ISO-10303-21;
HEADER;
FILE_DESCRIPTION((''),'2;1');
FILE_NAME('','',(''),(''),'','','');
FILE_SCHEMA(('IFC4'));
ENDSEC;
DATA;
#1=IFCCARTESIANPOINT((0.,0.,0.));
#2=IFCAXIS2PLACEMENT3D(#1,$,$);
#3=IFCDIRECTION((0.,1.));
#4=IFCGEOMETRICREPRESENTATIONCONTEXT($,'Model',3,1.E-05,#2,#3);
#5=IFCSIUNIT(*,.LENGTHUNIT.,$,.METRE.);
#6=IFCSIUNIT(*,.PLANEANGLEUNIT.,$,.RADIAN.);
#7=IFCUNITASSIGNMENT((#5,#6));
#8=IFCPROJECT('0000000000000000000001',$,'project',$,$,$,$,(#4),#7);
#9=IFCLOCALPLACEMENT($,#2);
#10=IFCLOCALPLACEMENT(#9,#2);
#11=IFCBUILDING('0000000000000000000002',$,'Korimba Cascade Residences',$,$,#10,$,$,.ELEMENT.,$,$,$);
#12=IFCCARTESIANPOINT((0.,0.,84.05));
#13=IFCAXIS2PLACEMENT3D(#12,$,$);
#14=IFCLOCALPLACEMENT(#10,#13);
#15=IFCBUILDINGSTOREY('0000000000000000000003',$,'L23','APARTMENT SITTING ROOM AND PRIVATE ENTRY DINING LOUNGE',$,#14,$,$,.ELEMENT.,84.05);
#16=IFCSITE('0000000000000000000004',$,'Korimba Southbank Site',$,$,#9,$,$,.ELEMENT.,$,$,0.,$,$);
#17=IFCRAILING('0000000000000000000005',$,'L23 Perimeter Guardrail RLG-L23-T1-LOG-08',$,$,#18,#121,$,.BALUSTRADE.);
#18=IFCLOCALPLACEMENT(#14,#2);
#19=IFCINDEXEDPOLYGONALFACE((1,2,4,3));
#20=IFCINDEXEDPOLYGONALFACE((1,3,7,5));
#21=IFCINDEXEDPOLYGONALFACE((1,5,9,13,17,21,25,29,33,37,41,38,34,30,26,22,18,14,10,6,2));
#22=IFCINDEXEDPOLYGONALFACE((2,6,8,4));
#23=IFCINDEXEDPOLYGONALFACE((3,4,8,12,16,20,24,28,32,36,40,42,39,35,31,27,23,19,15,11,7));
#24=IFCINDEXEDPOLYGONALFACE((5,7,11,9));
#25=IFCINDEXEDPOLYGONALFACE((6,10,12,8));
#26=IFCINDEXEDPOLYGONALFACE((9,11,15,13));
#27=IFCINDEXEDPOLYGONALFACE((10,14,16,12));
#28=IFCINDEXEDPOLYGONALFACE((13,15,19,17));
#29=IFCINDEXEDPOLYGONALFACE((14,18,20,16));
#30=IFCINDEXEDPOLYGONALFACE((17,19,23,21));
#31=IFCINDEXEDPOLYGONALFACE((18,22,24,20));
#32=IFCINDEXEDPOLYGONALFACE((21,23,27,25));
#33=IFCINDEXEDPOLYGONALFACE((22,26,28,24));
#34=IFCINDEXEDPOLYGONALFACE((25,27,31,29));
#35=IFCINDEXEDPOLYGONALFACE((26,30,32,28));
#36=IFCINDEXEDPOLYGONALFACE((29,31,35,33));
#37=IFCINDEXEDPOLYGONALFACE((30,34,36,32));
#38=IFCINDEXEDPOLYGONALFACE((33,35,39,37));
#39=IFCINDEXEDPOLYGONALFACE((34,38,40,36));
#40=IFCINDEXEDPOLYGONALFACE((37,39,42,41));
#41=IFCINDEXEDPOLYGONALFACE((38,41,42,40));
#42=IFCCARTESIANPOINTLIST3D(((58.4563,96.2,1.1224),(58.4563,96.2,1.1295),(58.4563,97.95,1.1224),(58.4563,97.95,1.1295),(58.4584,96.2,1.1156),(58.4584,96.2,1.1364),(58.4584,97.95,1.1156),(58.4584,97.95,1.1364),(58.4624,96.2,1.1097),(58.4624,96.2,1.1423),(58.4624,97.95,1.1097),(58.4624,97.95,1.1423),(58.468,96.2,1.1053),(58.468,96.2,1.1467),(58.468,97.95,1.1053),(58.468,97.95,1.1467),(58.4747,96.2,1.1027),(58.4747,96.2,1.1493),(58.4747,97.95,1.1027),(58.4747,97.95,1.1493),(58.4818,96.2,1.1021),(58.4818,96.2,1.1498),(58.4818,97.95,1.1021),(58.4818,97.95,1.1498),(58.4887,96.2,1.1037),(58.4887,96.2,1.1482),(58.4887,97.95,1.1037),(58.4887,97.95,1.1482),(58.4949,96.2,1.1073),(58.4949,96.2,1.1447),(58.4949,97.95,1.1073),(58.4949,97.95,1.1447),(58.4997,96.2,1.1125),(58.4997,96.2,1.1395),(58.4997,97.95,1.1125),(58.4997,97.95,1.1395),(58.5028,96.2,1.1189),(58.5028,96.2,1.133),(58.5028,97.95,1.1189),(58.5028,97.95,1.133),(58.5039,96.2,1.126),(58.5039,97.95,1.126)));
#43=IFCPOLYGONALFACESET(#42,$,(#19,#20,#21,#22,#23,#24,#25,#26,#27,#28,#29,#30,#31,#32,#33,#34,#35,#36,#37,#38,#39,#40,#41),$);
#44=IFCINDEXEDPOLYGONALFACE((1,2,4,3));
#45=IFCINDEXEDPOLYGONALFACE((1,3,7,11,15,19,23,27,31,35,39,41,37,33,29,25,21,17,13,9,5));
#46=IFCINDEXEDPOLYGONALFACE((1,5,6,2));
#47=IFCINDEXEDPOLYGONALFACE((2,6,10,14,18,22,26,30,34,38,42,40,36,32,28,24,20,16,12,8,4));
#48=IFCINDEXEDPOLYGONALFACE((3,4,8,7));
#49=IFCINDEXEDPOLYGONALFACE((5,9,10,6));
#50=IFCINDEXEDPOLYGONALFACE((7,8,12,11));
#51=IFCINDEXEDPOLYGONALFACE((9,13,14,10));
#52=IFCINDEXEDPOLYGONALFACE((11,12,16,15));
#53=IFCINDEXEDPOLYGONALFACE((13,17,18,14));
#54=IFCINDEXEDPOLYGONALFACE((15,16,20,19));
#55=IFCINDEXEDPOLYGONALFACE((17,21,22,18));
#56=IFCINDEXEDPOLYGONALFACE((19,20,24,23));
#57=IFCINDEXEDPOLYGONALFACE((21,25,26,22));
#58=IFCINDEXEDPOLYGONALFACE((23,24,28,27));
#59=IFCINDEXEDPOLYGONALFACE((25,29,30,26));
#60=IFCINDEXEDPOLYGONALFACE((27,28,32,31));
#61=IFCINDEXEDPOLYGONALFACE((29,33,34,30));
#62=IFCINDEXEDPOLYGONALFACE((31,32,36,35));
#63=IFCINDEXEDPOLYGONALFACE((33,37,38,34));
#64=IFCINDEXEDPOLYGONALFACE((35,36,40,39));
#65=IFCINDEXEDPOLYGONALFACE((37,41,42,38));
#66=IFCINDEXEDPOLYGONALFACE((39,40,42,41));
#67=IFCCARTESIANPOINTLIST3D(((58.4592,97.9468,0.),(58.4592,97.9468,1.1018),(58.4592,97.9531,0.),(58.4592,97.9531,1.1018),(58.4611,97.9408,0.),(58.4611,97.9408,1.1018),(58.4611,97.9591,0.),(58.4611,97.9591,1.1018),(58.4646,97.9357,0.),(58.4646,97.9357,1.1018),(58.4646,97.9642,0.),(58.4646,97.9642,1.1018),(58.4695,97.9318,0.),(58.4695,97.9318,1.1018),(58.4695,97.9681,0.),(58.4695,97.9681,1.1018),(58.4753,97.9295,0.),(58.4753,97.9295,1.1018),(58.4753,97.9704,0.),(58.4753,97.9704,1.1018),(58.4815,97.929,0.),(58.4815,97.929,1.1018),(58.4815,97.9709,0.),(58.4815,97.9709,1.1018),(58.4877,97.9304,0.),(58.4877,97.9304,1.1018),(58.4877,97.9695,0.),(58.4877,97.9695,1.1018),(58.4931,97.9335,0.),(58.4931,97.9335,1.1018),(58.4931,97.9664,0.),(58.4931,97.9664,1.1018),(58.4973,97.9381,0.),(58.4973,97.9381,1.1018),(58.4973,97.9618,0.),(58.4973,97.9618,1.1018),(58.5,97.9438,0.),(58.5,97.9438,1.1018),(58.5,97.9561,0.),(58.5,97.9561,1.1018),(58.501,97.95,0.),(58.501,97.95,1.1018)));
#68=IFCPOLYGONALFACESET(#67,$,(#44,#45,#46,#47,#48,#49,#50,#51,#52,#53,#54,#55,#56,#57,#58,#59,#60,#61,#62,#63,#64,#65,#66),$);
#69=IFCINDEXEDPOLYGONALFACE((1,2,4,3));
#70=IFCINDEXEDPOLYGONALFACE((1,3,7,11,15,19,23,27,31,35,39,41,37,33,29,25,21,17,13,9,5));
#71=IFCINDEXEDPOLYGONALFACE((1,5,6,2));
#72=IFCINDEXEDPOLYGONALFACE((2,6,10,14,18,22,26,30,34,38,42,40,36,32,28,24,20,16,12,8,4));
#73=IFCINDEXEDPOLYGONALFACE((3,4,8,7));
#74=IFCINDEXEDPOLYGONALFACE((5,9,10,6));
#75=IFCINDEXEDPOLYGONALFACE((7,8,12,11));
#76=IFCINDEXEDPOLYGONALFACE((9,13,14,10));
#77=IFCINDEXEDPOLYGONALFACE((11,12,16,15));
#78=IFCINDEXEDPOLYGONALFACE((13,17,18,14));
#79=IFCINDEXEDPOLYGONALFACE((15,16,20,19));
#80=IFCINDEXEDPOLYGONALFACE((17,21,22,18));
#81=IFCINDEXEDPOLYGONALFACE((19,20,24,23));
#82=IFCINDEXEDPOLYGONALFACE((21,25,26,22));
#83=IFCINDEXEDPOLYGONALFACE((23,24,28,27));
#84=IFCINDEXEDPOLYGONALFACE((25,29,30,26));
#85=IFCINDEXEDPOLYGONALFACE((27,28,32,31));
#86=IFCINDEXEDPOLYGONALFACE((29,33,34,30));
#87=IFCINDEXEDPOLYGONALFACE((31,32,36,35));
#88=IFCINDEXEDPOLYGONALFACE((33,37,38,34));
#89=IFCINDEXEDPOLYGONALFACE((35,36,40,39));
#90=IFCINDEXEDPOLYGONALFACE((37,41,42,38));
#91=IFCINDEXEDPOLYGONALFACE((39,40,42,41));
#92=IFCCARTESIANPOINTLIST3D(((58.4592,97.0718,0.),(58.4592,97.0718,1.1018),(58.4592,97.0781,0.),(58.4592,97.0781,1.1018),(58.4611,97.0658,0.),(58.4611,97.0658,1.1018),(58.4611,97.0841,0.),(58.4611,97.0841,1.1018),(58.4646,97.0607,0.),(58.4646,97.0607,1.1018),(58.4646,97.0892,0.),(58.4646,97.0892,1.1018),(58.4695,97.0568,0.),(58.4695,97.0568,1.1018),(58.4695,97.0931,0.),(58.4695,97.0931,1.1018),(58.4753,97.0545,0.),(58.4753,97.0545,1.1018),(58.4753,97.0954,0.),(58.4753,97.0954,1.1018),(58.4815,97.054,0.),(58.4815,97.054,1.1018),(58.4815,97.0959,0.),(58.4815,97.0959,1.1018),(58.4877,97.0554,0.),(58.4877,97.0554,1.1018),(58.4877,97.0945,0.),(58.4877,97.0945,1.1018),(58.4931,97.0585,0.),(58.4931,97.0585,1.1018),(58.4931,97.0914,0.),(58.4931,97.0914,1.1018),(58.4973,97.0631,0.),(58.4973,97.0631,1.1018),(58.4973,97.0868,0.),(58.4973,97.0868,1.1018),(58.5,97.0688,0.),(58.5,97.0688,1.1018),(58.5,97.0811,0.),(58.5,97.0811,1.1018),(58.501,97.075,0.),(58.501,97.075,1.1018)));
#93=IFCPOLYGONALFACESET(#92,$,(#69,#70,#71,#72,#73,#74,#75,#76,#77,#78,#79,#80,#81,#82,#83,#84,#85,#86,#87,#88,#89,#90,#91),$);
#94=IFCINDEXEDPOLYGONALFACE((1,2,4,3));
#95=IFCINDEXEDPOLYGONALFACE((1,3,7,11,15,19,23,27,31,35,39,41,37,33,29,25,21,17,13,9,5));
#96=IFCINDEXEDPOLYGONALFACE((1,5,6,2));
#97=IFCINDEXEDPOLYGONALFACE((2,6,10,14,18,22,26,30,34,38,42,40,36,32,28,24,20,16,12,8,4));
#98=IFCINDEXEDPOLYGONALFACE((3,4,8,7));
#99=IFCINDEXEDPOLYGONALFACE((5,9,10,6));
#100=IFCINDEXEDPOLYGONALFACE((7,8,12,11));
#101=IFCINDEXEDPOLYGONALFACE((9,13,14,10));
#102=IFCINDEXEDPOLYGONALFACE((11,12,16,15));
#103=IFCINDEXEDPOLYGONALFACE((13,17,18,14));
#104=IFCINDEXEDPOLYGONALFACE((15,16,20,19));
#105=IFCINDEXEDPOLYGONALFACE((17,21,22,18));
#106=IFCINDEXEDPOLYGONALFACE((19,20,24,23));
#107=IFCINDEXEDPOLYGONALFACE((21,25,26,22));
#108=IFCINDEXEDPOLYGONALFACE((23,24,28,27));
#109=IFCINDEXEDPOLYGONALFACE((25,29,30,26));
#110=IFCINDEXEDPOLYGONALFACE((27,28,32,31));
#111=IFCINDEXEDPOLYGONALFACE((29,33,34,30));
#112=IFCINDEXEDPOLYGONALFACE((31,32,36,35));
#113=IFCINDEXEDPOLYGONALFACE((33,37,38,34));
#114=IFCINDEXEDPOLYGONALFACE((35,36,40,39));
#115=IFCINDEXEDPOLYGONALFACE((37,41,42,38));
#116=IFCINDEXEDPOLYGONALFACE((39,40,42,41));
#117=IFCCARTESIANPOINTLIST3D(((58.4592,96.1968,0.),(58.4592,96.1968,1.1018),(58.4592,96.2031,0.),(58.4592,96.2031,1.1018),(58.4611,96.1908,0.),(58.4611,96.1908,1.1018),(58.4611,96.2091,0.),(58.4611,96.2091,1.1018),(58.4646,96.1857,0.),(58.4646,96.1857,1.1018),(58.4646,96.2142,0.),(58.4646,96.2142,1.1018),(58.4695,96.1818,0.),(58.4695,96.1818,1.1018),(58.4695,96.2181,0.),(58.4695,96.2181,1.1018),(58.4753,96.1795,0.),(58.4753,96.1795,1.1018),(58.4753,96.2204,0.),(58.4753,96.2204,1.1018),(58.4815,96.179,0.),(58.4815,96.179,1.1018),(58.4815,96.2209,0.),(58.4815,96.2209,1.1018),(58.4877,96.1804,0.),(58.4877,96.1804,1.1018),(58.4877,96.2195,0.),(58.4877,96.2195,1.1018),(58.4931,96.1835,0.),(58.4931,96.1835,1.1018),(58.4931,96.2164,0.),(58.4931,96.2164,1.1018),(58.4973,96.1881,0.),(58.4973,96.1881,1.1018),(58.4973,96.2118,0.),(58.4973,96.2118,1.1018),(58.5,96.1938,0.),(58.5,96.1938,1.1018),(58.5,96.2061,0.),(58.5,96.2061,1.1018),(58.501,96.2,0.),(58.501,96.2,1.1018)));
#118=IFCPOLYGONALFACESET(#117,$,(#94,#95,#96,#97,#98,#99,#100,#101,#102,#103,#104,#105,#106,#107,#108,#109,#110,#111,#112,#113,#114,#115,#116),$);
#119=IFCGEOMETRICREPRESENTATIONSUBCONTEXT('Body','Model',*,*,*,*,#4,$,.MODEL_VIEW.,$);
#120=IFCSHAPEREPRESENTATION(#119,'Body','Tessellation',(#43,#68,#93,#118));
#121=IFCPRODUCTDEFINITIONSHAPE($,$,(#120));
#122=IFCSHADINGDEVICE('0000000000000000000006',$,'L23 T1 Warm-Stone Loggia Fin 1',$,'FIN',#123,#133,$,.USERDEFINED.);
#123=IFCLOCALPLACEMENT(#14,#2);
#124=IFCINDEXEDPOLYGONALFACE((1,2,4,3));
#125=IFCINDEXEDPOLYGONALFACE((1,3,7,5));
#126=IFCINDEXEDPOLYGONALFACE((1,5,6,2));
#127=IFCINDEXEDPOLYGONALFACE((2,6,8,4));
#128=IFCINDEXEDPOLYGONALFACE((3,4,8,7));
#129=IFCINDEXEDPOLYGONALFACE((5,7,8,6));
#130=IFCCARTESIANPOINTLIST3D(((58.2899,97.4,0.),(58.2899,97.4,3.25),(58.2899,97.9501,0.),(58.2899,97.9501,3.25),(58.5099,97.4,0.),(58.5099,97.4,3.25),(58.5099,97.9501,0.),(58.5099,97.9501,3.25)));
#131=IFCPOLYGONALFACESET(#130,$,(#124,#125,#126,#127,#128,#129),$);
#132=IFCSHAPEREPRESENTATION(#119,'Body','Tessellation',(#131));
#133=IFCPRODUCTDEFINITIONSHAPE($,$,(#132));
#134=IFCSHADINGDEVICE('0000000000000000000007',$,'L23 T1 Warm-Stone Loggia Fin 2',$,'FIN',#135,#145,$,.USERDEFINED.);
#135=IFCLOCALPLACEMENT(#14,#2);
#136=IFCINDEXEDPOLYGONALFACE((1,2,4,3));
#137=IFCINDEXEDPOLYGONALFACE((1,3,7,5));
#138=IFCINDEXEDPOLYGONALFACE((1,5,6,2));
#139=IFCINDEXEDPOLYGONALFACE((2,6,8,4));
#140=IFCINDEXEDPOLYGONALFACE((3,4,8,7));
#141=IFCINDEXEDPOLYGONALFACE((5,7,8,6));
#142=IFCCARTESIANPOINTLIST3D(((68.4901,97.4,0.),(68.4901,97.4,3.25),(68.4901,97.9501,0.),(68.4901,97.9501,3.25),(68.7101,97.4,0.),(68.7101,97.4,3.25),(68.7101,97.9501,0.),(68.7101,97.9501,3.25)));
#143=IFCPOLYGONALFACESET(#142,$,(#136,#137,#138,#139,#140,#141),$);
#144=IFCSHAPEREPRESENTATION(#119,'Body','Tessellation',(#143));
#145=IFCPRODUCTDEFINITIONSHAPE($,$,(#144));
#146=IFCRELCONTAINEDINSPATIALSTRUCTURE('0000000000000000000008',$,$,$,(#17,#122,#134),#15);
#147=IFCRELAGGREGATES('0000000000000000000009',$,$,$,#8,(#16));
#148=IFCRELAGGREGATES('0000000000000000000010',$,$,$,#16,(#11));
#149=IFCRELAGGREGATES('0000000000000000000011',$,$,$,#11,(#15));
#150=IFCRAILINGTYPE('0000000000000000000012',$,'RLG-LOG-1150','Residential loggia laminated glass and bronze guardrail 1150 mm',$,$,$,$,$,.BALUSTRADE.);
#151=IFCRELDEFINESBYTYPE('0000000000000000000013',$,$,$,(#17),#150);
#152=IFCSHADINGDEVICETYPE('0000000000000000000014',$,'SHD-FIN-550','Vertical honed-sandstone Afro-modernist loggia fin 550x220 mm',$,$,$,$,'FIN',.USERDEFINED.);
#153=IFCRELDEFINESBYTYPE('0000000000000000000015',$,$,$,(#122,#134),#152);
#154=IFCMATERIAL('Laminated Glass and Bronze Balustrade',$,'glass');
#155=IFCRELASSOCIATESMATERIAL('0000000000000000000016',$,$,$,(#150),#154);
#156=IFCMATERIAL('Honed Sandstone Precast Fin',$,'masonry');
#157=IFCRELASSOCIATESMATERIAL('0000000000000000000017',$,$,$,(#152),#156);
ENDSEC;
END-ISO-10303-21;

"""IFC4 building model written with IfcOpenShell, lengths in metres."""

from ifc_helpers import new_model, si_unit, direction, frame, origin, origin_2d, place, context, subcontext, project, spatial, rectangle, circle, extrude, material, type_object, element, save


model = new_model("IFC4")

# Units and contexts
model_context = context("Model", 3, precision=1e-05, world=origin(), true_north=direction((0.0, 1.0)))
body_context = subcontext(model_context, "Body", "Model", "MODEL_VIEW")
ifc_project = project(units=[si_unit("LENGTHUNIT", "METRE"), si_unit("PLANEANGLEUNIT", "RADIAN")], contexts=[model_context])

# Site, building, storey
site_placement = place(None, origin())
site = spatial("IfcSite", under=ifc_project, at=site_placement, Name="Korimba Southbank Site", CompositionType="ELEMENT", RefElevation=0.0)
building_placement = place(site_placement, origin())
building = spatial("IfcBuilding", under=site, at=building_placement, Name="Korimba Cascade Residences", CompositionType="ELEMENT")
storey_placement = place(building_placement, frame((0.0, 0.0, 84.05)))
storey = spatial("IfcBuildingStorey", under=building, at=storey_placement, Name="L23", Description="APARTMENT SITTING ROOM AND PRIVATE ENTRY DINING LOUNGE", CompositionType="ELEMENT", Elevation=84.05)

# Railing
ifc_material_1 = material(Name="Laminated Glass and Bronze Balustrade", Category="glass")
railing_type = type_object("IfcRailingType", Name="RLG-LOG-1150", Description="Residential loggia laminated glass and bronze guardrail 1150 mm", PredefinedType="BALUSTRADE", material=ifc_material_1)
railing_1_placement = place(storey_placement, frame((58.48, 97.95, 0.0)))
element("IfcRailing", 1, at=railing_1_placement, inside=storey, type_object=railing_type, Name="L23 Perimeter Guardrail RLG-L23-T1-LOG-08", PredefinedType="BALUSTRADE", context=body_context, shape_type="SweptSolid", body=[
    extrude(circle(Radius=0.0239, at=origin_2d()), frame((0.0, 0.0, 1.126), z_axis=(0.0, -1.0, 0.0), x_axis=(1.0, 0.0, 0.0)), (0.0, 0.0, 1.0), 1.75),
    extrude(circle(Radius=0.021, at=origin_2d()), origin(), (0.0, 0.0, 1.0), 1.1018),
    extrude(circle(Radius=0.021, at=origin_2d()), frame((0.0, -0.875, 0.0)), (0.0, 0.0, 1.0), 1.1018),
    extrude(circle(Radius=0.021, at=origin_2d()), frame((0.0, -1.75, 0.0)), (0.0, 0.0, 1.0), 1.1018),
])

# Shading devices
ifc_material_2 = material(Name="Honed Sandstone Precast Fin", Category="masonry")
shading_device_type = type_object("IfcShadingDeviceType", Name="SHD-FIN-550", Description="Vertical honed-sandstone Afro-modernist loggia fin 550x220 mm", ElementType="FIN", PredefinedType="USERDEFINED", material=ifc_material_2)
for number, where, z_axis, x_axis, name in (
    (2, (58.3999, 97.675, 0.0), (0.0, 0.0, 1.0), (1.0, 0.0, 0.0), "L23 T1 Warm-Stone Loggia Fin 1"),
    (3, (68.6001, 97.675, 0.0), (0.0, 0.0, 1.0), (1.0, 0.0, 0.0), "L23 T1 Warm-Stone Loggia Fin 2"),
):
    element("IfcShadingDevice", number, at=place(storey_placement, frame(where, z_axis=z_axis, x_axis=x_axis)), inside=storey, type_object=shading_device_type, Name=name, ObjectType="FIN", PredefinedType="USERDEFINED", context=body_context, shape_type="SweptSolid", body=[
        extrude(rectangle(XDim=0.22, YDim=0.55, at=origin_2d()), origin(), (0.0, 0.0, 1.0), 3.25),
    ])

save(model, "model.ifc")
